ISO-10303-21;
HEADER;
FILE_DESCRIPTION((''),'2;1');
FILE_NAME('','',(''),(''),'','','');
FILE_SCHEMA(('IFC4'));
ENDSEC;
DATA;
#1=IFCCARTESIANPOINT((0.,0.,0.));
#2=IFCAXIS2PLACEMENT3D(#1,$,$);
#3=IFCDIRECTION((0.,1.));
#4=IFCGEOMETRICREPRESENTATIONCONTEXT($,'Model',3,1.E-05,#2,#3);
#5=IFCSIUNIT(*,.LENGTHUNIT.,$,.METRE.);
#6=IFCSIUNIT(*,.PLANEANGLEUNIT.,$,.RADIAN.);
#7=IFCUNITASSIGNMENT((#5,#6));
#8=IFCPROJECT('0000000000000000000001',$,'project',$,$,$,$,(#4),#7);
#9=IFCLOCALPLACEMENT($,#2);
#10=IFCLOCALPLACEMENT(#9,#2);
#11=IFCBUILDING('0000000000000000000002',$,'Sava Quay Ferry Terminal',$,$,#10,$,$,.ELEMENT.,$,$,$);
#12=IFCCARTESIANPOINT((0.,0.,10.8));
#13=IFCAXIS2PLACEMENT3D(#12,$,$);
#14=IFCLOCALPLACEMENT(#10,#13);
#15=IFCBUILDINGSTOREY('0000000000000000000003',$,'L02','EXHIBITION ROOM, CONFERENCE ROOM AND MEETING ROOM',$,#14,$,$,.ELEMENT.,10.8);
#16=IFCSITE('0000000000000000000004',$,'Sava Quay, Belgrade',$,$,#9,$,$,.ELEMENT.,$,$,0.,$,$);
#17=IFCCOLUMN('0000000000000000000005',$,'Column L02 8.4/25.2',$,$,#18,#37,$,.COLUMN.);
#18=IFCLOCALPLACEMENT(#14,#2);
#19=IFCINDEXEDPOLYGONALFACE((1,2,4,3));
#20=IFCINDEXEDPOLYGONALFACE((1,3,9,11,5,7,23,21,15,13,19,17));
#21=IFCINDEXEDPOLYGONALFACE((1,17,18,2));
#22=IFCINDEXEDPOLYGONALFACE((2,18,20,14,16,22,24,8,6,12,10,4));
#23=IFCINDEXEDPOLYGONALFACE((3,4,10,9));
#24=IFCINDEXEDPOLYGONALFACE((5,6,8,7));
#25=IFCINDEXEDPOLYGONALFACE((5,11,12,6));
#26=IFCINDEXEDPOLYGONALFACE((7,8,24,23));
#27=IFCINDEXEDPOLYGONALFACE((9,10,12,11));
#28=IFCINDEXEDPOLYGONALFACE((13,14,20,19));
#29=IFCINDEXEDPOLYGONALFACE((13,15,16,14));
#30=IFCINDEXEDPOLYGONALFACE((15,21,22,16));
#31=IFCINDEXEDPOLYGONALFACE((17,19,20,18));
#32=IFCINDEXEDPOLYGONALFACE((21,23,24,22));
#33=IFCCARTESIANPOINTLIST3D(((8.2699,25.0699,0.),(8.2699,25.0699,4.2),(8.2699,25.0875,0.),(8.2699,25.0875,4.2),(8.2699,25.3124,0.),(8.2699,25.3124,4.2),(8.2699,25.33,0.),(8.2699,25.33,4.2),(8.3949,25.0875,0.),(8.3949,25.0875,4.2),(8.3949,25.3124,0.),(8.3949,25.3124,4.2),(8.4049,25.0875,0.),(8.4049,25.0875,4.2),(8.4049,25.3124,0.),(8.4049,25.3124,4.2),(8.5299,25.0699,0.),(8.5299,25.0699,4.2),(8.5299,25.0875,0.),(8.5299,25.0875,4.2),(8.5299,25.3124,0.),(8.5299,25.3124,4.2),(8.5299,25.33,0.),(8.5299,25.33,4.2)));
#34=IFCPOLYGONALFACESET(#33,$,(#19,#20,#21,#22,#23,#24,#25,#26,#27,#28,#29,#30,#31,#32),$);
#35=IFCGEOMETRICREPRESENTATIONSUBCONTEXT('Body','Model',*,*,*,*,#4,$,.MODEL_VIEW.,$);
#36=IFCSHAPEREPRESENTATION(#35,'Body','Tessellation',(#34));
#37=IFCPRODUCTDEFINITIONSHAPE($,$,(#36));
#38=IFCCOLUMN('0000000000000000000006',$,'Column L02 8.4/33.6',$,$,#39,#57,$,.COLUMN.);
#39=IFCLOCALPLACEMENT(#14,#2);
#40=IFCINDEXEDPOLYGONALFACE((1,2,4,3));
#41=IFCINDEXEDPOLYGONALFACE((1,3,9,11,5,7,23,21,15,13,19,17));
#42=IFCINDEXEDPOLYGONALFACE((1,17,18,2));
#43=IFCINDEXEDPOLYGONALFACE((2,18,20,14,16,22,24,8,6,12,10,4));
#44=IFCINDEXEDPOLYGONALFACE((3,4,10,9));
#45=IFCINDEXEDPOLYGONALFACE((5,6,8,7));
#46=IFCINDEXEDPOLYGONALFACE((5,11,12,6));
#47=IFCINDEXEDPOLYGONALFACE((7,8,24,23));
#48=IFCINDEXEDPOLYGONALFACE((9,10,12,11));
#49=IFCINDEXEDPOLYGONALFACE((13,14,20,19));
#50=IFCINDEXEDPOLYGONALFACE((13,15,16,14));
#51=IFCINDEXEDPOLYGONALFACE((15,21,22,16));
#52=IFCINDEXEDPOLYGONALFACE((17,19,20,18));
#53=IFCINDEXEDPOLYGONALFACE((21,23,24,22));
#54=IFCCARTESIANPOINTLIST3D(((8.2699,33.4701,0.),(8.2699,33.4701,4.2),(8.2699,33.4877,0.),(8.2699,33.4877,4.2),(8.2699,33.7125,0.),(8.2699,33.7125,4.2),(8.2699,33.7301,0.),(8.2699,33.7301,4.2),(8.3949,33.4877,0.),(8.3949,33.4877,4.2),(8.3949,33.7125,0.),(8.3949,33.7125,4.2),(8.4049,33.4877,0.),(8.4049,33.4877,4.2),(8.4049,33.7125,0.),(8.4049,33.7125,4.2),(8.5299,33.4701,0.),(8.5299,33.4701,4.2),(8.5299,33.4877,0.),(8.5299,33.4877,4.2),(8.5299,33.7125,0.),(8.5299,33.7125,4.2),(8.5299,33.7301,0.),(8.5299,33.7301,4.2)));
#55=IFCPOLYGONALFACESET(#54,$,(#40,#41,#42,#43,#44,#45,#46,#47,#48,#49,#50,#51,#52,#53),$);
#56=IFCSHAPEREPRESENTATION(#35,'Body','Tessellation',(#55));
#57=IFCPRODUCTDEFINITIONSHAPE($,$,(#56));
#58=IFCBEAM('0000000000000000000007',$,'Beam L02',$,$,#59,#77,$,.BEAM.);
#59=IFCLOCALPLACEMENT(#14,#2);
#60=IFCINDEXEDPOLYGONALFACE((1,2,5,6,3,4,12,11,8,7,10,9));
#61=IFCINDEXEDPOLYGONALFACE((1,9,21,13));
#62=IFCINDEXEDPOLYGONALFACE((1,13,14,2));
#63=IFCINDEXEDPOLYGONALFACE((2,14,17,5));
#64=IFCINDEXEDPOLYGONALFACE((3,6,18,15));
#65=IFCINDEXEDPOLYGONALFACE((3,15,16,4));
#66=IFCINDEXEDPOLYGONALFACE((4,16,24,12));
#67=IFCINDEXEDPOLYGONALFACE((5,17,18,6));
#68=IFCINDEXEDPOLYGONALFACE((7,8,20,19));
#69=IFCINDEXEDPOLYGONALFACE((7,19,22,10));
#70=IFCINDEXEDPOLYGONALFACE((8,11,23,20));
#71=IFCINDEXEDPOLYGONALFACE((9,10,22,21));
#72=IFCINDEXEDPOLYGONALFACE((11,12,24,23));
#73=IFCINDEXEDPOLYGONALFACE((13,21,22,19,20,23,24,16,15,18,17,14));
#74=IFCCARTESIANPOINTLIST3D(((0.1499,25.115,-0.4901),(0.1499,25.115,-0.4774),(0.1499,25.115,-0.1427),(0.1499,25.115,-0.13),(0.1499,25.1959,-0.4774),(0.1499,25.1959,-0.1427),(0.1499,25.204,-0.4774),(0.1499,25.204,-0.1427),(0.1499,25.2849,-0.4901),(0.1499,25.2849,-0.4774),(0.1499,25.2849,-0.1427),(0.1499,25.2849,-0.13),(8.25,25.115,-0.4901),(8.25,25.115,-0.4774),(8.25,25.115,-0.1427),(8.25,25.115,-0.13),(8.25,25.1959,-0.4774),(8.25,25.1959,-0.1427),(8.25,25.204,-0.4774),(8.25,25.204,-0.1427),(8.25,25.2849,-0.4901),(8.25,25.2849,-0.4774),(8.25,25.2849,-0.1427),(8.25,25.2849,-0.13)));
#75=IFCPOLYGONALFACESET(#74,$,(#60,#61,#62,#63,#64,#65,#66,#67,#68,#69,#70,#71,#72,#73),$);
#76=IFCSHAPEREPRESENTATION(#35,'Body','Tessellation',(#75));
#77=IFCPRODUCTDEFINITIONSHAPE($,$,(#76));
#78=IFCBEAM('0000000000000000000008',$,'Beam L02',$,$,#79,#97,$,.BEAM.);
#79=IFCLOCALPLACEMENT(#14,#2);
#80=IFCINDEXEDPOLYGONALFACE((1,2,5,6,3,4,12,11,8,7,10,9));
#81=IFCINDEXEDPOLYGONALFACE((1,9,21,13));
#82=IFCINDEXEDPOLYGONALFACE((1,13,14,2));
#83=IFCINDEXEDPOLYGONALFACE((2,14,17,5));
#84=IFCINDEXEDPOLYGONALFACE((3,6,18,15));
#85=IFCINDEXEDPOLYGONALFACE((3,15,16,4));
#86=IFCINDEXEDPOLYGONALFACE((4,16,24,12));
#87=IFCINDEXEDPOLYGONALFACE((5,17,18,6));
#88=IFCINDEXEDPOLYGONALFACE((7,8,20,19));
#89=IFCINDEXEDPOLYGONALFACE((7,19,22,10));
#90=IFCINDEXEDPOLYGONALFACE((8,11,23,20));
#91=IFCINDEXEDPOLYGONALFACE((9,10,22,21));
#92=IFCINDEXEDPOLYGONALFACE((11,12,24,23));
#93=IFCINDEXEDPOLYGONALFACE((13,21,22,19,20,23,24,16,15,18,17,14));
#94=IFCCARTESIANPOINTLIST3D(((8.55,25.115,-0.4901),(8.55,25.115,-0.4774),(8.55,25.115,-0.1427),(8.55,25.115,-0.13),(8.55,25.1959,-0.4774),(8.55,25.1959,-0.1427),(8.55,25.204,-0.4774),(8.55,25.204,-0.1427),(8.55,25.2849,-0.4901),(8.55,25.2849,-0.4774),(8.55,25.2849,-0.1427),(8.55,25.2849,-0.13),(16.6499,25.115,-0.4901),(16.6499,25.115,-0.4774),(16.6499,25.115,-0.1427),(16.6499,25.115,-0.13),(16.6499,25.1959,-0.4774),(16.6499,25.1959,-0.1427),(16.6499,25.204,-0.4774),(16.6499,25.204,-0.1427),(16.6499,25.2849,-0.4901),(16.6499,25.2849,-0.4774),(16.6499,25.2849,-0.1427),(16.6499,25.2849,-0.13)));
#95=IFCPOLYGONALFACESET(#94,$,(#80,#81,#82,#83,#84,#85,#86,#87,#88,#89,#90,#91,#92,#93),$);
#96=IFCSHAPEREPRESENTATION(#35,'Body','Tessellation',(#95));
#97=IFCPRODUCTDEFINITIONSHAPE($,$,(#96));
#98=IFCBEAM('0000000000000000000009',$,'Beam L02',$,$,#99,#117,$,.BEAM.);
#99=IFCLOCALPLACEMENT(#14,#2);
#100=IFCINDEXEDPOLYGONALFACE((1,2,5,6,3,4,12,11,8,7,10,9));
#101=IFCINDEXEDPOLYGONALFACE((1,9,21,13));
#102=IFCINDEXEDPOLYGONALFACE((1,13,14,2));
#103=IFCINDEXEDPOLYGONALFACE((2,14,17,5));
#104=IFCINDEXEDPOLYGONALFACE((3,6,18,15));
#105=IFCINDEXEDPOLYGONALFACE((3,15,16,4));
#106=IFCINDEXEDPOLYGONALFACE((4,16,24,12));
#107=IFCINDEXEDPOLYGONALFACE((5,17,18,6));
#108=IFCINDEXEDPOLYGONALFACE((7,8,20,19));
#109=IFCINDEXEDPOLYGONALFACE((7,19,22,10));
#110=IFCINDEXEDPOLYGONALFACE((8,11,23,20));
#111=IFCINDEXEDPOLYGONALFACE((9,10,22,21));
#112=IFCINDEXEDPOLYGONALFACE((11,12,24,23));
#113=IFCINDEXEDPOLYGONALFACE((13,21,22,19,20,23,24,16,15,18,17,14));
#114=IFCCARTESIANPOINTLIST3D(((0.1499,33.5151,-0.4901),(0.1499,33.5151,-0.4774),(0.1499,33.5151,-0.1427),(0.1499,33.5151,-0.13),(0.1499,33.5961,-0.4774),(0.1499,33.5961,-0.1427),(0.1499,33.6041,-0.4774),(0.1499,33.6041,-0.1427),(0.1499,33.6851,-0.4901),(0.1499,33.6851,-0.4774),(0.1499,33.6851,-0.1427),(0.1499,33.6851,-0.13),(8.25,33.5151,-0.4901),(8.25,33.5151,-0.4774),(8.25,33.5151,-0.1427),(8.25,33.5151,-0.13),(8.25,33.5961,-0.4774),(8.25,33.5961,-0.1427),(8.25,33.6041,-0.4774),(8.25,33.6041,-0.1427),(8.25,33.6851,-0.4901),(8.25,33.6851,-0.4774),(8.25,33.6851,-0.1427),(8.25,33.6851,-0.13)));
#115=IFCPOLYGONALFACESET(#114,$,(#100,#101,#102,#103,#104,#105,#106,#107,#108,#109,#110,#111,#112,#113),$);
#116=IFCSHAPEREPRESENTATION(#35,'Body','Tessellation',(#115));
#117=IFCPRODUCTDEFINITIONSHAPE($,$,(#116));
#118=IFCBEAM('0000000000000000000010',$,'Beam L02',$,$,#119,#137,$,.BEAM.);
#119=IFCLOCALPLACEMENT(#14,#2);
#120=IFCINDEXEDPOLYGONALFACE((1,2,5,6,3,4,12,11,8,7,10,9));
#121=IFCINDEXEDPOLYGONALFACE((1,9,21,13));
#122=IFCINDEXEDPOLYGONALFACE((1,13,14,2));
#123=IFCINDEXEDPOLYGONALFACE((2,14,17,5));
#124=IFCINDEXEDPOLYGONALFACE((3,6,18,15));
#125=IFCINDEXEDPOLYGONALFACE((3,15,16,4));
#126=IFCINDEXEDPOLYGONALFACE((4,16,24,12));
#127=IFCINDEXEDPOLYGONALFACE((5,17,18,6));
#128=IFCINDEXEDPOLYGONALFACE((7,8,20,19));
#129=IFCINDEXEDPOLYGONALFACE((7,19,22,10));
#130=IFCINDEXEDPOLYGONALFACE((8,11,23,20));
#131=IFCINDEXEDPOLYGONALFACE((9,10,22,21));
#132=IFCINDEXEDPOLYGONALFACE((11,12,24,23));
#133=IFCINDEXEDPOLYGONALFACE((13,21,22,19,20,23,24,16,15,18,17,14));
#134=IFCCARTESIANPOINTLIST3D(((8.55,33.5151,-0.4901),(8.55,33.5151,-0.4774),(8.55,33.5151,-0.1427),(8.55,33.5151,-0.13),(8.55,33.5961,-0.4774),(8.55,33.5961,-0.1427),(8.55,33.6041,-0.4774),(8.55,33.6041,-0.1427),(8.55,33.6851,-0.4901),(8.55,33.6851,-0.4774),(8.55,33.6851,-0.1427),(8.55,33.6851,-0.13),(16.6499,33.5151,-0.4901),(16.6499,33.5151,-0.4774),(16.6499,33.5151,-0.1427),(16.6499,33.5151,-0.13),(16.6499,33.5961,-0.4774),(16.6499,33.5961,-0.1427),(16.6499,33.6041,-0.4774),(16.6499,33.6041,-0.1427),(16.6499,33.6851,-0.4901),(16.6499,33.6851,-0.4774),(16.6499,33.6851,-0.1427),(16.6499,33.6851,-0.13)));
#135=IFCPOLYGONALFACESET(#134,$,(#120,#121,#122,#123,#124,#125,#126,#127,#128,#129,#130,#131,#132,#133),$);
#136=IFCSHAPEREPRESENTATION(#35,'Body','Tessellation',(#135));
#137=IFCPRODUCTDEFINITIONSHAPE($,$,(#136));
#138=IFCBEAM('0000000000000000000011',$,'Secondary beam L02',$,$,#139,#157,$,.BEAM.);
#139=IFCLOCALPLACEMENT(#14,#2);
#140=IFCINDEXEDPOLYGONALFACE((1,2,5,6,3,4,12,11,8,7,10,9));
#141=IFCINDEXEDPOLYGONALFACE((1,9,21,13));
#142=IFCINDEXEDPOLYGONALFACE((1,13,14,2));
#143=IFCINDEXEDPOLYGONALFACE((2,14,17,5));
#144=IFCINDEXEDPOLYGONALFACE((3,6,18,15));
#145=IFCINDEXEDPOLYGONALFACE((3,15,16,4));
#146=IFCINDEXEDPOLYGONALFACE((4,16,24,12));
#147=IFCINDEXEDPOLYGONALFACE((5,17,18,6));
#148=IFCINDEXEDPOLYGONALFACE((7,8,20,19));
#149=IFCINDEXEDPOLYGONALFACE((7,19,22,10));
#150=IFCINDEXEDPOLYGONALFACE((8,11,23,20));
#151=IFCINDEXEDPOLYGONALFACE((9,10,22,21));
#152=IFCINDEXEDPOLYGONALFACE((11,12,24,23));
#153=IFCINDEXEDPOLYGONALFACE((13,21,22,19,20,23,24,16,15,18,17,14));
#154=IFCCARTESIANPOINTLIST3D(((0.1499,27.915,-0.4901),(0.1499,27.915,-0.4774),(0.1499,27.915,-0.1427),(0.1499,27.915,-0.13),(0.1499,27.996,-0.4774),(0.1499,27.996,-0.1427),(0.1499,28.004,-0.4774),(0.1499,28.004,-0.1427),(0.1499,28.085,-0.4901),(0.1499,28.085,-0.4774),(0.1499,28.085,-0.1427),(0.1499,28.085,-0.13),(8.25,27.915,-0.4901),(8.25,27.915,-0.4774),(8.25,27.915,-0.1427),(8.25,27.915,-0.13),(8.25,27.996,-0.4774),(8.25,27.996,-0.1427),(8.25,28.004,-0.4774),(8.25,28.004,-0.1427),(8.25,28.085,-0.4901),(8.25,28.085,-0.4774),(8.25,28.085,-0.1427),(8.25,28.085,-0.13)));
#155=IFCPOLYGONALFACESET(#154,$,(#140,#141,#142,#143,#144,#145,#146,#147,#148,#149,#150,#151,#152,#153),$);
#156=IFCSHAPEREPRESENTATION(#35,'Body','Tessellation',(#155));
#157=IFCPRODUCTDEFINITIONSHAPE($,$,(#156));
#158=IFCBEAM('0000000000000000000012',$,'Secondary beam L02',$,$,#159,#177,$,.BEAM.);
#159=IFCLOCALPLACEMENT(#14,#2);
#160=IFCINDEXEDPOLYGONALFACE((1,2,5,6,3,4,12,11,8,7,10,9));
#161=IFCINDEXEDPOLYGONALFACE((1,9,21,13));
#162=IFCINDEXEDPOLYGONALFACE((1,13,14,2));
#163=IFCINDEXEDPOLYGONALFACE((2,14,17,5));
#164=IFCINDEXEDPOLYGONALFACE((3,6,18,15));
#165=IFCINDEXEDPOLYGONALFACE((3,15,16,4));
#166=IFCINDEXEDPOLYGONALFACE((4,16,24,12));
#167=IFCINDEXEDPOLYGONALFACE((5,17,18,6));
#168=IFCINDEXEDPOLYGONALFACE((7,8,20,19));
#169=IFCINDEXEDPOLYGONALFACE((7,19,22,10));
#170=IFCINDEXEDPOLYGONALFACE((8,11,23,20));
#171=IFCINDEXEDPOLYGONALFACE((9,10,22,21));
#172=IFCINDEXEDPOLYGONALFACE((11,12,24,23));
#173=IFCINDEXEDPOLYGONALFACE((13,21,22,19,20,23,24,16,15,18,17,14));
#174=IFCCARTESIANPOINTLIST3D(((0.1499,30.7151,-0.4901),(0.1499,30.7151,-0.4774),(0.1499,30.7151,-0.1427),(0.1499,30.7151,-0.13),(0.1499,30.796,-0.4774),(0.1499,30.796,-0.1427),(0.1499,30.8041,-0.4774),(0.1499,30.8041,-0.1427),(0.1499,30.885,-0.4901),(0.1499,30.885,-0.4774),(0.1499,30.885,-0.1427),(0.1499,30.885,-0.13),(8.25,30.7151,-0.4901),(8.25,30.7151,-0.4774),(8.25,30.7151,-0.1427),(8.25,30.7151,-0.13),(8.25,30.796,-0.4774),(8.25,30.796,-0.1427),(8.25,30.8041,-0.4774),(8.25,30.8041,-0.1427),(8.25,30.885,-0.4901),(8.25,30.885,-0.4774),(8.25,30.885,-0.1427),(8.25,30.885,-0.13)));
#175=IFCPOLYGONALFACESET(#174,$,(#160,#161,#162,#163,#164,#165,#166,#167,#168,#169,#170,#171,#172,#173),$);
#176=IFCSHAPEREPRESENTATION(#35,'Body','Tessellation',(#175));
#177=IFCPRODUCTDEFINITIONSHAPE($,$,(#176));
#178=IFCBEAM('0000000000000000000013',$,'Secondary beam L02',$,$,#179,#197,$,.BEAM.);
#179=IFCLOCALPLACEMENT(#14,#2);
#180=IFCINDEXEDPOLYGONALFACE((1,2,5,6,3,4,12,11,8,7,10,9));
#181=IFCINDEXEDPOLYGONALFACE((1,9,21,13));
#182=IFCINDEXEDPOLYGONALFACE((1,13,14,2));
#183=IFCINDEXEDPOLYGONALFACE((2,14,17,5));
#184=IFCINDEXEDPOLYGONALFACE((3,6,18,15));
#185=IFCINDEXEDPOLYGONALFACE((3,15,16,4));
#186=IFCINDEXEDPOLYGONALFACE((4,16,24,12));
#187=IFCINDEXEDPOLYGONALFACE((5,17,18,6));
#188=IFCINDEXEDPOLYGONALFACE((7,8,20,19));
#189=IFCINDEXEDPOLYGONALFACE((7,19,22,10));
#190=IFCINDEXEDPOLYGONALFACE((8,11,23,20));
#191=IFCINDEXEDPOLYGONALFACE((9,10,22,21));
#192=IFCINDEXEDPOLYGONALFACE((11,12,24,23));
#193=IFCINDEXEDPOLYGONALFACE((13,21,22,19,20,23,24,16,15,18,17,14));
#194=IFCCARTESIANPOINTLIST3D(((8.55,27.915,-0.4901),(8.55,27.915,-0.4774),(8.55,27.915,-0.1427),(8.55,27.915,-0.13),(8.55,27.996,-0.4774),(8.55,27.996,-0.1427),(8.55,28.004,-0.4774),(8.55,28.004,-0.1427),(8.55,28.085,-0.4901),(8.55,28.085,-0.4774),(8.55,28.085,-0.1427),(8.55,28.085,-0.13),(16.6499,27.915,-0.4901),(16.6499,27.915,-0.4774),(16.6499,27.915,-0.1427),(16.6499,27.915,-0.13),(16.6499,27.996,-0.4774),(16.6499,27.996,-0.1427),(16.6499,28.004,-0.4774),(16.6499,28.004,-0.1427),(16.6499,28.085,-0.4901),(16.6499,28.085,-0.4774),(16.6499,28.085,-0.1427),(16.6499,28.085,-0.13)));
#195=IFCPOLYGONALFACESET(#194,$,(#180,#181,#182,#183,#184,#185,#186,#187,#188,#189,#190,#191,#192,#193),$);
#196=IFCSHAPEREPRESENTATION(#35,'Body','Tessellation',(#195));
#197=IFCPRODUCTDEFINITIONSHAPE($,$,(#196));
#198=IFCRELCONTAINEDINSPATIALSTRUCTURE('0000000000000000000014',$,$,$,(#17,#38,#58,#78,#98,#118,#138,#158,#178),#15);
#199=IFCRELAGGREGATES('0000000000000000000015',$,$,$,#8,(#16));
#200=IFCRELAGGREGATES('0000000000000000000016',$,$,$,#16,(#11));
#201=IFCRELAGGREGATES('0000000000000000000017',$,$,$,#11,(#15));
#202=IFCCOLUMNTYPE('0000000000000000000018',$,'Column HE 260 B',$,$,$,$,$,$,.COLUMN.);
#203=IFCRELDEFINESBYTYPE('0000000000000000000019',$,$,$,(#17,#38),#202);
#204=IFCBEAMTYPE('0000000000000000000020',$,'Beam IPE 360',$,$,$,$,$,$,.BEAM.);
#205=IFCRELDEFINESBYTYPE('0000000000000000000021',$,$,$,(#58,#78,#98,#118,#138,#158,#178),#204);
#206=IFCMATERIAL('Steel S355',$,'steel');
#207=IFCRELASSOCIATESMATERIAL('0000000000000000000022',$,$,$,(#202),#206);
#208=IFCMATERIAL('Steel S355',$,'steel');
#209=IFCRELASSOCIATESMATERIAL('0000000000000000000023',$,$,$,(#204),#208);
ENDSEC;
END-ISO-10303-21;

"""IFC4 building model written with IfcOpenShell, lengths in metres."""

from ifc_helpers import new_model, si_unit, direction, frame, origin, origin_2d, place, context, subcontext, project, spatial, i_section, extrude, material, material_profile, profile_set, type_object, element, save


model = new_model("IFC4")

# Units and contexts
model_context = context("Model", 3, precision=1e-05, world=origin(), true_north=direction((0.0, 1.0)))
body_context = subcontext(model_context, "Body", "Model", "MODEL_VIEW")
ifc_project = project(units=[si_unit("LENGTHUNIT", "METRE"), si_unit("PLANEANGLEUNIT", "RADIAN")], contexts=[model_context])

# Site, building, storey
site_placement = place(None, origin())
site = spatial("IfcSite", under=ifc_project, at=site_placement, Name="Sava Quay, Belgrade", CompositionType="ELEMENT", RefElevation=0.0)
building_placement = place(site_placement, origin())
building = spatial("IfcBuilding", under=site, at=building_placement, Name="Sava Quay Ferry Terminal", CompositionType="ELEMENT")
storey_placement = place(building_placement, frame((0.0, 0.0, 10.8)))
storey = spatial("IfcBuildingStorey", under=building, at=storey_placement, Name="L02", Description="EXHIBITION ROOM, CONFERENCE ROOM AND MEETING ROOM", CompositionType="ELEMENT", Elevation=10.8)

# Columns
ifc_material_1 = material(Name="Steel S355", Category="steel")
ifc_material_profile_1 = material_profile(ifc_material_1, i_section(OverallWidth=0.26, OverallDepth=0.26, WebThickness=0.01, FlangeThickness=0.0176, at=origin_2d()), Name="HE 260 B")
ifc_profile_set_1 = profile_set([ifc_material_profile_1], Name="Steel S355")
column_type = type_object("IfcColumnType", Name="Column HE 260 B", PredefinedType="COLUMN", material=ifc_profile_set_1)
for number, where, z_axis, x_axis, name in (
    (1, (8.3999, 25.2, 0.0), (0.0, 0.0, 1.0), (1.0, 0.0, 0.0), "Column L02 8.4/25.2"),
    (2, (8.3999, 33.6001, 0.0), (0.0, 0.0, 1.0), (1.0, 0.0, 0.0), "Column L02 8.4/33.6"),
):
    element("IfcColumn", number, at=place(storey_placement, frame(where, z_axis=z_axis, x_axis=x_axis)), inside=storey, type_object=column_type, Name=name, PredefinedType="COLUMN", context=body_context, shape_type="SweptSolid", body=[
        extrude(i_section(OverallWidth=0.26, OverallDepth=0.26, WebThickness=0.01, FlangeThickness=0.0176, at=origin_2d()), origin(), (0.0, 0.0, 1.0), 4.2),
    ])

# Beams
ifc_material_2 = material(Name="Steel S355", Category="steel")
ifc_material_profile_2 = material_profile(ifc_material_2, i_section(OverallWidth=0.1699, OverallDepth=0.3601, WebThickness=0.0081, FlangeThickness=0.0127, at=origin_2d()), Name="IPE 360")
ifc_profile_set_2 = profile_set([ifc_material_profile_2], Name="Steel S355")
beam_type_1 = type_object("IfcBeamType", Name="Beam IPE 360", PredefinedType="BEAM", material=ifc_profile_set_2)
beam_1_placement = place(storey_placement, frame((0.1499, 25.2, -0.3101), z_axis=(1.0, 0.0, 0.0), x_axis=(0.0, 1.0, 0.0)))
element("IfcBeam", 3, at=beam_1_placement, inside=storey, type_object=beam_type_1, Name="Beam L02", PredefinedType="BEAM", context=body_context, shape_type="SweptSolid", body=[
    extrude(i_section(OverallWidth=0.1699, OverallDepth=0.3601, WebThickness=0.0081, FlangeThickness=0.0127, at=origin_2d()), origin(), (0.0, 0.0, 1.0), 8.1001),
])
beam_2_placement = place(storey_placement, frame((8.55, 25.2, -0.3101), z_axis=(1.0, 0.0, 0.0), x_axis=(0.0, 1.0, 0.0)))
element("IfcBeam", 4, at=beam_2_placement, inside=storey, type_object=beam_type_1, Name="Beam L02", PredefinedType="BEAM", context=body_context, shape_type="SweptSolid", body=[
    extrude(i_section(OverallWidth=0.1699, OverallDepth=0.3601, WebThickness=0.0081, FlangeThickness=0.0127, at=origin_2d()), origin(), (0.0, 0.0, 1.0), 8.0999),
])
beam_3_placement = place(storey_placement, frame((0.1499, 33.6001, -0.3101), z_axis=(1.0, 0.0, 0.0), x_axis=(0.0, 1.0, 0.0)))
element("IfcBeam", 5, at=beam_3_placement, inside=storey, type_object=beam_type_1, Name="Beam L02", PredefinedType="BEAM", context=body_context, shape_type="SweptSolid", body=[
    extrude(i_section(OverallWidth=0.1699, OverallDepth=0.3601, WebThickness=0.0081, FlangeThickness=0.0127, at=origin_2d()), origin(), (0.0, 0.0, 1.0), 8.1001),
])
beam_4_placement = place(storey_placement, frame((8.55, 33.6001, -0.3101), z_axis=(1.0, 0.0, 0.0), x_axis=(0.0, 1.0, 0.0)))
element("IfcBeam", 6, at=beam_4_placement, inside=storey, type_object=beam_type_1, Name="Beam L02", PredefinedType="BEAM", context=body_context, shape_type="SweptSolid", body=[
    extrude(i_section(OverallWidth=0.1699, OverallDepth=0.3601, WebThickness=0.0081, FlangeThickness=0.0127, at=origin_2d()), origin(), (0.0, 0.0, 1.0), 8.0999),
])
for number, where, z_axis, x_axis, name in (
    (7, (0.1499, 28.0, -0.3101), (1.0, 0.0, 0.0), (0.0, 1.0, 0.0), "Secondary beam L02"),
    (8, (0.1499, 30.8, -0.3101), (1.0, 0.0, 0.0), (0.0, 1.0, 0.0), "Secondary beam L02"),
):
    element("IfcBeam", number, at=place(storey_placement, frame(where, z_axis=z_axis, x_axis=x_axis)), inside=storey, type_object=beam_type_1, Name=name, PredefinedType="BEAM", context=body_context, shape_type="SweptSolid", body=[
        extrude(i_section(OverallWidth=0.1699, OverallDepth=0.3601, WebThickness=0.0081, FlangeThickness=0.0127, at=origin_2d()), origin(), (0.0, 0.0, 1.0), 8.1001),
    ])
for number, where, z_axis, x_axis, name in (
    (9, (8.55, 28.0, -0.3101), (1.0, 0.0, 0.0), (0.0, 1.0, 0.0), "Secondary beam L02"),
):
    element("IfcBeam", number, at=place(storey_placement, frame(where, z_axis=z_axis, x_axis=x_axis)), inside=storey, type_object=beam_type_1, Name=name, PredefinedType="BEAM", context=body_context, shape_type="SweptSolid", body=[
        extrude(i_section(OverallWidth=0.1699, OverallDepth=0.3601, WebThickness=0.0081, FlangeThickness=0.0127, at=origin_2d()), origin(), (0.0, 0.0, 1.0), 8.0999),
    ])

save(model, "model.ifc")
